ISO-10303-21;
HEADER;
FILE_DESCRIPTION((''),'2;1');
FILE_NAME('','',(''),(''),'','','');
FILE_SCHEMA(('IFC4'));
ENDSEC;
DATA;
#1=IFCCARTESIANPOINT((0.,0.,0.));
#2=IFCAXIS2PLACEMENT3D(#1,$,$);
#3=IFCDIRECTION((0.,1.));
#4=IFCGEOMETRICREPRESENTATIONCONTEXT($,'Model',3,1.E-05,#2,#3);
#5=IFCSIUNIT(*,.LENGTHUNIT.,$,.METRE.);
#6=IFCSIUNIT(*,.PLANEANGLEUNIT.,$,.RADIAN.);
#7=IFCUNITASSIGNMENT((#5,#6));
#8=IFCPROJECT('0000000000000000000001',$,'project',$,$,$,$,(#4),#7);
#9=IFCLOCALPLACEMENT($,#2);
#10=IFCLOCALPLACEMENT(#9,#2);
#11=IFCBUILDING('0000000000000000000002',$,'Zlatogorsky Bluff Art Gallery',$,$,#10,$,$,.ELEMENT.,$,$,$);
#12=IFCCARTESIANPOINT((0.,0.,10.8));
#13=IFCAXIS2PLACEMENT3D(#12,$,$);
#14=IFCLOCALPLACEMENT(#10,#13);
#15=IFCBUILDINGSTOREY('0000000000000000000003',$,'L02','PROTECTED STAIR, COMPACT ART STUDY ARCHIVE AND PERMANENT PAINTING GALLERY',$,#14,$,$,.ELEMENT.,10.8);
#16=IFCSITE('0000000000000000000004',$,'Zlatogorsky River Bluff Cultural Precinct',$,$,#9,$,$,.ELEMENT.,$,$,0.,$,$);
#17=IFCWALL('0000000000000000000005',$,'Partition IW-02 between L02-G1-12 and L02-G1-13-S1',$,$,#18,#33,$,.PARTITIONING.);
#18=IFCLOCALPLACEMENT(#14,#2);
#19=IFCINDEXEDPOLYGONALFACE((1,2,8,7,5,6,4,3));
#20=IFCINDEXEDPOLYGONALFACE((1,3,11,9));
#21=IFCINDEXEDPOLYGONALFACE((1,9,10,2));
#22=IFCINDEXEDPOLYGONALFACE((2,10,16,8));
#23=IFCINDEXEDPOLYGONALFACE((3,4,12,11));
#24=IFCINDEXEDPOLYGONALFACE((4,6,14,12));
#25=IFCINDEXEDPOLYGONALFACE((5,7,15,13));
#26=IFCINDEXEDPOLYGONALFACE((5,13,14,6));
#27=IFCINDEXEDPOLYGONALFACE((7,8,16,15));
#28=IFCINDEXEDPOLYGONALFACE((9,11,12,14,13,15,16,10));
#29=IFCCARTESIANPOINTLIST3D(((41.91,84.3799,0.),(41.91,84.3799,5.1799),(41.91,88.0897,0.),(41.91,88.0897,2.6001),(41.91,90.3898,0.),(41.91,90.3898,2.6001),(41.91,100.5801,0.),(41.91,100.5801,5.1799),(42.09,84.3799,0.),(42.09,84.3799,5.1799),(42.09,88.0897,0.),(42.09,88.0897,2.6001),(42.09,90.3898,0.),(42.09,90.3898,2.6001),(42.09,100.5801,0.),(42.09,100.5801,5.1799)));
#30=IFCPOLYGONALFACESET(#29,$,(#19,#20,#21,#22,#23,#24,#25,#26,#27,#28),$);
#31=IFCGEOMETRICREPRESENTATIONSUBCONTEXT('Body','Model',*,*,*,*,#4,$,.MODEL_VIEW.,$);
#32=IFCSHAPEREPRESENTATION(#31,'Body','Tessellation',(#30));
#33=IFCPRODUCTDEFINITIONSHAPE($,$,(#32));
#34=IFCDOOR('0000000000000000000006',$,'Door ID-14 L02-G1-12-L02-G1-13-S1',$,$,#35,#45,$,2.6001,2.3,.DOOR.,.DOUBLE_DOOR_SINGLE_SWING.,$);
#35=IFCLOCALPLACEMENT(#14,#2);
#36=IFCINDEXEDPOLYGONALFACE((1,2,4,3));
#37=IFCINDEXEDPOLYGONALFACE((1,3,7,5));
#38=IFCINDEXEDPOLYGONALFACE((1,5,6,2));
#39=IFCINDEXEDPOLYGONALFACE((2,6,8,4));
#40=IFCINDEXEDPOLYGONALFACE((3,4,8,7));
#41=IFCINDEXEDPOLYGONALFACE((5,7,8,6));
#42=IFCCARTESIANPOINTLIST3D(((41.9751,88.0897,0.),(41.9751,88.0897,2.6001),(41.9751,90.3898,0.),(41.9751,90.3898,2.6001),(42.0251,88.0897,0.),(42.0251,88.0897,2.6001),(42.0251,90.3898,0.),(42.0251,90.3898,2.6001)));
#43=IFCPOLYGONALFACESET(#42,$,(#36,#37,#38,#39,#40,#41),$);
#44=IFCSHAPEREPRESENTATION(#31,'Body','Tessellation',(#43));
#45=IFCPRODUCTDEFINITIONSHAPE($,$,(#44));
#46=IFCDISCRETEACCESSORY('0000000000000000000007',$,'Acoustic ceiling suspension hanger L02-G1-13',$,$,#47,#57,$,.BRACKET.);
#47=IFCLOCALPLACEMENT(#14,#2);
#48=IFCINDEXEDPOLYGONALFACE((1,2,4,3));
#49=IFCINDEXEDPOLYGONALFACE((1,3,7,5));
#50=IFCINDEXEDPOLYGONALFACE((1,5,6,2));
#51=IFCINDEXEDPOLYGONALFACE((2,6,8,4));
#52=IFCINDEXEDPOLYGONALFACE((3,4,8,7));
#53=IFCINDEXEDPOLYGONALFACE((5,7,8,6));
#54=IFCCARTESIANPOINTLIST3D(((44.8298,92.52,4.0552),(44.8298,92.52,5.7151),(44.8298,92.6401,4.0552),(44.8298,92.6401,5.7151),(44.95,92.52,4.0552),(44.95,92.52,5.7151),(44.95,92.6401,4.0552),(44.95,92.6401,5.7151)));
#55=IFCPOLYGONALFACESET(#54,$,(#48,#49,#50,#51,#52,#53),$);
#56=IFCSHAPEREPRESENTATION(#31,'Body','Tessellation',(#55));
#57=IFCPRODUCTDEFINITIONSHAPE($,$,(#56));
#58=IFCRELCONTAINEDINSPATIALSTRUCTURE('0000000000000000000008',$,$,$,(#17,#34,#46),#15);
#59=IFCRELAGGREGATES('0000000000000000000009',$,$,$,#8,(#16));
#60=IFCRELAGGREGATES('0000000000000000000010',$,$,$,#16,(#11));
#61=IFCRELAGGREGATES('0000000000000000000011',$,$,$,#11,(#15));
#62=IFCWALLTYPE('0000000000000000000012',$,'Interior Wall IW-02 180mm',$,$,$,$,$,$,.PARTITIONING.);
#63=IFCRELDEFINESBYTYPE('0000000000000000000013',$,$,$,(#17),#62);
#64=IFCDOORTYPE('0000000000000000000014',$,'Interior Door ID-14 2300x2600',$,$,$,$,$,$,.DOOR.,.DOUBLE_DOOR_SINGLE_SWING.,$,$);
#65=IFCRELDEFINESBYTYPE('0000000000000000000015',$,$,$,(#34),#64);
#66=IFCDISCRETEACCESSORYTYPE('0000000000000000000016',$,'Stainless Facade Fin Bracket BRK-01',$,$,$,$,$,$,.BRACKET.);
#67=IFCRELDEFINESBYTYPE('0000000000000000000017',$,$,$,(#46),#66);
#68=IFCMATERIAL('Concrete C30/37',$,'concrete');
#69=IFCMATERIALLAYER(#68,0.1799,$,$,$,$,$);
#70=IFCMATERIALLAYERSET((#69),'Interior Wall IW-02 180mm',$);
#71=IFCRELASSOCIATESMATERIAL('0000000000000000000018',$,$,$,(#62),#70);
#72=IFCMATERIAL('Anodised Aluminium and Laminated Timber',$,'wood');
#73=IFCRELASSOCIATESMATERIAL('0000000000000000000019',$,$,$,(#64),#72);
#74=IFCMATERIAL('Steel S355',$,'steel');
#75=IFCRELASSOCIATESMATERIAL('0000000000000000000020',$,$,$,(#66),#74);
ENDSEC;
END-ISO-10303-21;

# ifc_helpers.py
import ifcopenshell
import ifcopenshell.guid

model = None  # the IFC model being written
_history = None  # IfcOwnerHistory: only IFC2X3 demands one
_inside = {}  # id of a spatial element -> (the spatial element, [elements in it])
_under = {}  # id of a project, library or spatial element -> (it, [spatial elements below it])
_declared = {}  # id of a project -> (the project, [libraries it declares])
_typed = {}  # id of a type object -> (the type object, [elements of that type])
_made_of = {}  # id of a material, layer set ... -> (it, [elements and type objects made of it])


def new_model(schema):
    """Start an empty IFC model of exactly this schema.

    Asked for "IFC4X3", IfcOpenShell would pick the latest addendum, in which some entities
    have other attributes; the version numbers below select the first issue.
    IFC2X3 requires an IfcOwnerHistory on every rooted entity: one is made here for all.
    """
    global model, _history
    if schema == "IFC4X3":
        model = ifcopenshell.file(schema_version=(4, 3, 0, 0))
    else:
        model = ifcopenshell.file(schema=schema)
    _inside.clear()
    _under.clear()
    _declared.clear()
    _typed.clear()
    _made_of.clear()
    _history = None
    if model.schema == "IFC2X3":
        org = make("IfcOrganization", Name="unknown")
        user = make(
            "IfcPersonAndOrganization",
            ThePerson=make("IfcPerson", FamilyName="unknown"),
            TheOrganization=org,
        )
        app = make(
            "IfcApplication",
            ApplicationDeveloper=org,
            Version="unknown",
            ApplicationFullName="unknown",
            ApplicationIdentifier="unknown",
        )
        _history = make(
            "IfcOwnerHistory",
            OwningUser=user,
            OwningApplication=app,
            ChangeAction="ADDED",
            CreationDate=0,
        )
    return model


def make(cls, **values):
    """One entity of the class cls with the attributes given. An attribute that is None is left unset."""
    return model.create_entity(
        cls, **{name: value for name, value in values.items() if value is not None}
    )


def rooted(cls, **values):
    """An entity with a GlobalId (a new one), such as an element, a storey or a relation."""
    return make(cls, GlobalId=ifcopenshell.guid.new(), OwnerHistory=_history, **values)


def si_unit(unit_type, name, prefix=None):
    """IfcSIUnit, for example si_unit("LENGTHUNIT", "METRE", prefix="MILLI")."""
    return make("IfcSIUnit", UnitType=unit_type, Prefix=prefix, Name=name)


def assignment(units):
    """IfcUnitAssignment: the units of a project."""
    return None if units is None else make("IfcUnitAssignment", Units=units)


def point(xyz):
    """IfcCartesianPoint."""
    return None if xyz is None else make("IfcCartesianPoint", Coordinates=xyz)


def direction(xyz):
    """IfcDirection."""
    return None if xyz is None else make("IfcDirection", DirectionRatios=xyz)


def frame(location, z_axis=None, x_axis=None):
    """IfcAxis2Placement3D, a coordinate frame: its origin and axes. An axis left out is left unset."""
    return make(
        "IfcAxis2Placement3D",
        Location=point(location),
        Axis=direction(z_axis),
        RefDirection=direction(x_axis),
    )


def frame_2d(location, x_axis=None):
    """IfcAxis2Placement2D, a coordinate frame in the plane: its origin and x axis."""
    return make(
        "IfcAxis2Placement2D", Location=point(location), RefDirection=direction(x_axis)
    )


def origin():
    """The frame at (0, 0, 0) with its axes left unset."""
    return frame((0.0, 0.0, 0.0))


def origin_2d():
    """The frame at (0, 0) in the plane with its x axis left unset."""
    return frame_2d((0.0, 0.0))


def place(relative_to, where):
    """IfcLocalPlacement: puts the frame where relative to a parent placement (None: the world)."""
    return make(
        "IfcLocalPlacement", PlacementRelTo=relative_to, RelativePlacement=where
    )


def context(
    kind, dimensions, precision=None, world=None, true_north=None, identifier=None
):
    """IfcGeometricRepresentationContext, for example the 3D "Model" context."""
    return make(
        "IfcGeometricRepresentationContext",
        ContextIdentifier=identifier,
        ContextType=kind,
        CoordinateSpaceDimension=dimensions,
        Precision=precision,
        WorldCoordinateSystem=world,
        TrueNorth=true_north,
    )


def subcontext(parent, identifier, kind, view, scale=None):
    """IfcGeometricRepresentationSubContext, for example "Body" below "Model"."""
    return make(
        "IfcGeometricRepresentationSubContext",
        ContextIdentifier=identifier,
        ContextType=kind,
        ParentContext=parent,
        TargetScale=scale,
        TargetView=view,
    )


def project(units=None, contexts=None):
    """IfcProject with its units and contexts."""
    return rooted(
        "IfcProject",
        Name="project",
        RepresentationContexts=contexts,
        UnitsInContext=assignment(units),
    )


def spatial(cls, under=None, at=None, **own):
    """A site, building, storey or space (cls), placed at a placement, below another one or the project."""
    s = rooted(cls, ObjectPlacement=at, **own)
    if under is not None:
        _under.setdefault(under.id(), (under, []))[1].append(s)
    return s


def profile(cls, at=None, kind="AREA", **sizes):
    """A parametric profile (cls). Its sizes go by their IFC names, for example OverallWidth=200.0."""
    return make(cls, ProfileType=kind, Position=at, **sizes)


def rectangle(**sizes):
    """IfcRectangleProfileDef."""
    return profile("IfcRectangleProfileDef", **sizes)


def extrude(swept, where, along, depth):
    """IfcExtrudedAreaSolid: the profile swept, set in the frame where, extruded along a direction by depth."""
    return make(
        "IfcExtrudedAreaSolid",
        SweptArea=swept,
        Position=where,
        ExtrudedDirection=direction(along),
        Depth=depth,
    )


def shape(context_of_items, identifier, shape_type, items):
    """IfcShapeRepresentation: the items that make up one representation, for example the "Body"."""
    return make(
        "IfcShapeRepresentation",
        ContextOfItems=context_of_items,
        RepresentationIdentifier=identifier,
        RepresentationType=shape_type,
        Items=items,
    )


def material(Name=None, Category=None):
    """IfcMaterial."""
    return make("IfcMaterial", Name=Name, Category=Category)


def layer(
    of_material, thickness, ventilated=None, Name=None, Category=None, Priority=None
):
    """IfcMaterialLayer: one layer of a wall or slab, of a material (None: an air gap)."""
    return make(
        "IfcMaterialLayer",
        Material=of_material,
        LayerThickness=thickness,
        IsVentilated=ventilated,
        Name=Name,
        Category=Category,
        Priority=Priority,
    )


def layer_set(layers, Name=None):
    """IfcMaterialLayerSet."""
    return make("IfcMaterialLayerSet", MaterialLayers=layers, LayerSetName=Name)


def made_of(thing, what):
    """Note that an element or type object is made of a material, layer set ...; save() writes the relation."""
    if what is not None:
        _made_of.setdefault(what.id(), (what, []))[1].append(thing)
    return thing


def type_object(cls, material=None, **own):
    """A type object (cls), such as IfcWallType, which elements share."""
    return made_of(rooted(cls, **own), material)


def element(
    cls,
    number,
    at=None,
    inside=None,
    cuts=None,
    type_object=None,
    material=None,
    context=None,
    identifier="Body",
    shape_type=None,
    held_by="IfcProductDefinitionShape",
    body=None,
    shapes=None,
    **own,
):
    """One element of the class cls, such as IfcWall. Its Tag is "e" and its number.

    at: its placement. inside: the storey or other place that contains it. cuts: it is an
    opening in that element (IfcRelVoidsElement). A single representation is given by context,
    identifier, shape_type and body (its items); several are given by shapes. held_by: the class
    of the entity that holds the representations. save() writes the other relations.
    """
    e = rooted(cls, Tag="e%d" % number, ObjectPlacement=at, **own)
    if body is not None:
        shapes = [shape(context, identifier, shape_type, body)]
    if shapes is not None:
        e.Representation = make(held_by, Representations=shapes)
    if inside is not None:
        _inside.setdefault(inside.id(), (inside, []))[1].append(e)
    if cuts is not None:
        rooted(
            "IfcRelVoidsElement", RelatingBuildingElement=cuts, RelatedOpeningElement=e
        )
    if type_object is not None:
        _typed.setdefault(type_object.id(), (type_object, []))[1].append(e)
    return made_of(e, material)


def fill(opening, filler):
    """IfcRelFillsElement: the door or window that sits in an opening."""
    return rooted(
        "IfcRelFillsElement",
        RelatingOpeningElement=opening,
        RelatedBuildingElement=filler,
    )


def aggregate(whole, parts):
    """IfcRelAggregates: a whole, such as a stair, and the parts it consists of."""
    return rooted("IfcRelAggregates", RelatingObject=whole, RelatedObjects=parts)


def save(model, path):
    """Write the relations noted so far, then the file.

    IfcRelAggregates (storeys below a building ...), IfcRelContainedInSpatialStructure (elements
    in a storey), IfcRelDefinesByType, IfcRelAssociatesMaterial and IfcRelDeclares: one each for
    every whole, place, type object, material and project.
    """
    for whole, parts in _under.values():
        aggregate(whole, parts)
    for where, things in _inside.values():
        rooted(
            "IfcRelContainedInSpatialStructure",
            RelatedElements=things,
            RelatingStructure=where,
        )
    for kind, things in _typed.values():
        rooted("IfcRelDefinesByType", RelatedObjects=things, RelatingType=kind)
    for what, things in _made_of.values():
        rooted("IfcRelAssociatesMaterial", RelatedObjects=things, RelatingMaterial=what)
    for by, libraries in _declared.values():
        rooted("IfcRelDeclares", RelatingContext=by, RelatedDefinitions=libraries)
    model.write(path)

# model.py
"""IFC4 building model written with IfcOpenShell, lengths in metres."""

from ifc_helpers import new_model, si_unit, direction, frame, frame_2d, origin, origin_2d, place, context, subcontext, project, spatial, rectangle, extrude, material, layer, layer_set, type_object, element, fill, save


model = new_model("IFC4")

# Units and contexts
model_context = context("Model", 3, precision=1e-05, world=origin(), true_north=direction((0.0, 1.0)))
body_context = subcontext(model_context, "Body", "Model", "MODEL_VIEW")
ifc_project = project(units=[si_unit("LENGTHUNIT", "METRE"), si_unit("PLANEANGLEUNIT", "RADIAN")], contexts=[model_context])

# Site, building, storey
site_placement = place(None, origin())
site = spatial("IfcSite", under=ifc_project, at=site_placement, Name="Zlatogorsky River Bluff Cultural Precinct", CompositionType="ELEMENT", RefElevation=0.0)
building_placement = place(site_placement, origin())
building = spatial("IfcBuilding", under=site, at=building_placement, Name="Zlatogorsky Bluff Art Gallery", CompositionType="ELEMENT")
storey_placement = place(building_placement, frame((0.0, 0.0, 10.8)))
storey = spatial("IfcBuildingStorey", under=building, at=storey_placement, Name="L02", Description="PROTECTED STAIR, COMPACT ART STUDY ARCHIVE AND PERMANENT PAINTING GALLERY", CompositionType="ELEMENT", Elevation=10.8)

# Shared definitions
ifc_material_1 = material(Name="Steel S355", Category="steel")

# Wall, opening, door
ifc_material_2 = material(Name="Concrete C30/37", Category="concrete")
ifc_layer_1 = layer(ifc_material_2, 0.1799)
ifc_layer_set_1 = layer_set([ifc_layer_1], Name="Interior Wall IW-02 180mm")
wall_type = type_object("IfcWallType", Name="Interior Wall IW-02 180mm", PredefinedType="PARTITIONING", material=ifc_layer_set_1)
wall_placement = place(storey_placement, frame((42.0, 84.3799, 0.0), z_axis=(0.0, 0.0, 1.0), x_axis=(0.0, 1.0, 0.0)))
wall = element("IfcWall", 1, at=wall_placement, inside=storey, type_object=wall_type, Name="Partition IW-02 between L02-G1-12 and L02-G1-13-S1", PredefinedType="PARTITIONING", context=body_context, shape_type="SweptSolid", body=[
    extrude(rectangle(XDim=16.2002, YDim=0.1799, at=frame_2d((8.1001, 0.0))), origin(), (0.0, 0.0, 1.0), 5.1799),
])
opening_placement = place(wall_placement, frame((3.71, 0.0, 0.0)))
opening = element("IfcOpeningElement", 2, at=opening_placement, cuts=wall, PredefinedType="OPENING", context=body_context, shape_type="SweptSolid", body=[
    extrude(rectangle(XDim=2.3, YDim=2.6001, at=frame_2d((1.1499, 1.3))), frame((0.0, 0.0999, 0.0), z_axis=(0.0, -1.0, 0.0), x_axis=(1.0, 0.0, 0.0)), (0.0, 0.0, 1.0), 0.2),
])
ifc_material_3 = material(Name="Anodised Aluminium and Laminated Timber", Category="wood")
door_type = type_object("IfcDoorType", Name="Interior Door ID-14 2300x2600", OperationType="DOUBLE_DOOR_SINGLE_SWING", PredefinedType="DOOR", material=ifc_material_3)
door_placement = place(opening_placement, origin())
door = element("IfcDoor", 3, at=door_placement, inside=storey, type_object=door_type, Name="Door ID-14 L02-G1-12-L02-G1-13-S1", OperationType="DOUBLE_DOOR_SINGLE_SWING", OverallHeight=2.6001, OverallWidth=2.3, PredefinedType="DOOR", context=body_context, shape_type="SweptSolid", body=[
    extrude(rectangle(XDim=2.3, YDim=2.6001, at=frame_2d((1.1499, 1.3))), frame((0.0, 0.0249, 0.0), z_axis=(0.0, -1.0, 0.0), x_axis=(1.0, 0.0, 0.0)), (0.0, 0.0, 1.0), 0.05),
])
fill(opening, door)

# Discrete accessory
discrete_accessory_type = type_object("IfcDiscreteAccessoryType", Name="Stainless Facade Fin Bracket BRK-01", PredefinedType="BRACKET", material=ifc_material_1)
discrete_accessory_placement = place(storey_placement, frame((44.8899, 92.5801, 4.0552), z_axis=(0.0, 0.0, 1.0), x_axis=(1.0, 0.0, 0.0)))
element("IfcDiscreteAccessory", 4, at=discrete_accessory_placement, inside=storey, type_object=discrete_accessory_type, Name="Acoustic ceiling suspension hanger L02-G1-13", PredefinedType="BRACKET", context=body_context, shape_type="SweptSolid", body=[
    extrude(rectangle(XDim=0.1201, YDim=0.1201, at=origin_2d()), origin(), (0.0, 0.0, 1.0), 1.6599),
])

save(model, "model.ifc")
